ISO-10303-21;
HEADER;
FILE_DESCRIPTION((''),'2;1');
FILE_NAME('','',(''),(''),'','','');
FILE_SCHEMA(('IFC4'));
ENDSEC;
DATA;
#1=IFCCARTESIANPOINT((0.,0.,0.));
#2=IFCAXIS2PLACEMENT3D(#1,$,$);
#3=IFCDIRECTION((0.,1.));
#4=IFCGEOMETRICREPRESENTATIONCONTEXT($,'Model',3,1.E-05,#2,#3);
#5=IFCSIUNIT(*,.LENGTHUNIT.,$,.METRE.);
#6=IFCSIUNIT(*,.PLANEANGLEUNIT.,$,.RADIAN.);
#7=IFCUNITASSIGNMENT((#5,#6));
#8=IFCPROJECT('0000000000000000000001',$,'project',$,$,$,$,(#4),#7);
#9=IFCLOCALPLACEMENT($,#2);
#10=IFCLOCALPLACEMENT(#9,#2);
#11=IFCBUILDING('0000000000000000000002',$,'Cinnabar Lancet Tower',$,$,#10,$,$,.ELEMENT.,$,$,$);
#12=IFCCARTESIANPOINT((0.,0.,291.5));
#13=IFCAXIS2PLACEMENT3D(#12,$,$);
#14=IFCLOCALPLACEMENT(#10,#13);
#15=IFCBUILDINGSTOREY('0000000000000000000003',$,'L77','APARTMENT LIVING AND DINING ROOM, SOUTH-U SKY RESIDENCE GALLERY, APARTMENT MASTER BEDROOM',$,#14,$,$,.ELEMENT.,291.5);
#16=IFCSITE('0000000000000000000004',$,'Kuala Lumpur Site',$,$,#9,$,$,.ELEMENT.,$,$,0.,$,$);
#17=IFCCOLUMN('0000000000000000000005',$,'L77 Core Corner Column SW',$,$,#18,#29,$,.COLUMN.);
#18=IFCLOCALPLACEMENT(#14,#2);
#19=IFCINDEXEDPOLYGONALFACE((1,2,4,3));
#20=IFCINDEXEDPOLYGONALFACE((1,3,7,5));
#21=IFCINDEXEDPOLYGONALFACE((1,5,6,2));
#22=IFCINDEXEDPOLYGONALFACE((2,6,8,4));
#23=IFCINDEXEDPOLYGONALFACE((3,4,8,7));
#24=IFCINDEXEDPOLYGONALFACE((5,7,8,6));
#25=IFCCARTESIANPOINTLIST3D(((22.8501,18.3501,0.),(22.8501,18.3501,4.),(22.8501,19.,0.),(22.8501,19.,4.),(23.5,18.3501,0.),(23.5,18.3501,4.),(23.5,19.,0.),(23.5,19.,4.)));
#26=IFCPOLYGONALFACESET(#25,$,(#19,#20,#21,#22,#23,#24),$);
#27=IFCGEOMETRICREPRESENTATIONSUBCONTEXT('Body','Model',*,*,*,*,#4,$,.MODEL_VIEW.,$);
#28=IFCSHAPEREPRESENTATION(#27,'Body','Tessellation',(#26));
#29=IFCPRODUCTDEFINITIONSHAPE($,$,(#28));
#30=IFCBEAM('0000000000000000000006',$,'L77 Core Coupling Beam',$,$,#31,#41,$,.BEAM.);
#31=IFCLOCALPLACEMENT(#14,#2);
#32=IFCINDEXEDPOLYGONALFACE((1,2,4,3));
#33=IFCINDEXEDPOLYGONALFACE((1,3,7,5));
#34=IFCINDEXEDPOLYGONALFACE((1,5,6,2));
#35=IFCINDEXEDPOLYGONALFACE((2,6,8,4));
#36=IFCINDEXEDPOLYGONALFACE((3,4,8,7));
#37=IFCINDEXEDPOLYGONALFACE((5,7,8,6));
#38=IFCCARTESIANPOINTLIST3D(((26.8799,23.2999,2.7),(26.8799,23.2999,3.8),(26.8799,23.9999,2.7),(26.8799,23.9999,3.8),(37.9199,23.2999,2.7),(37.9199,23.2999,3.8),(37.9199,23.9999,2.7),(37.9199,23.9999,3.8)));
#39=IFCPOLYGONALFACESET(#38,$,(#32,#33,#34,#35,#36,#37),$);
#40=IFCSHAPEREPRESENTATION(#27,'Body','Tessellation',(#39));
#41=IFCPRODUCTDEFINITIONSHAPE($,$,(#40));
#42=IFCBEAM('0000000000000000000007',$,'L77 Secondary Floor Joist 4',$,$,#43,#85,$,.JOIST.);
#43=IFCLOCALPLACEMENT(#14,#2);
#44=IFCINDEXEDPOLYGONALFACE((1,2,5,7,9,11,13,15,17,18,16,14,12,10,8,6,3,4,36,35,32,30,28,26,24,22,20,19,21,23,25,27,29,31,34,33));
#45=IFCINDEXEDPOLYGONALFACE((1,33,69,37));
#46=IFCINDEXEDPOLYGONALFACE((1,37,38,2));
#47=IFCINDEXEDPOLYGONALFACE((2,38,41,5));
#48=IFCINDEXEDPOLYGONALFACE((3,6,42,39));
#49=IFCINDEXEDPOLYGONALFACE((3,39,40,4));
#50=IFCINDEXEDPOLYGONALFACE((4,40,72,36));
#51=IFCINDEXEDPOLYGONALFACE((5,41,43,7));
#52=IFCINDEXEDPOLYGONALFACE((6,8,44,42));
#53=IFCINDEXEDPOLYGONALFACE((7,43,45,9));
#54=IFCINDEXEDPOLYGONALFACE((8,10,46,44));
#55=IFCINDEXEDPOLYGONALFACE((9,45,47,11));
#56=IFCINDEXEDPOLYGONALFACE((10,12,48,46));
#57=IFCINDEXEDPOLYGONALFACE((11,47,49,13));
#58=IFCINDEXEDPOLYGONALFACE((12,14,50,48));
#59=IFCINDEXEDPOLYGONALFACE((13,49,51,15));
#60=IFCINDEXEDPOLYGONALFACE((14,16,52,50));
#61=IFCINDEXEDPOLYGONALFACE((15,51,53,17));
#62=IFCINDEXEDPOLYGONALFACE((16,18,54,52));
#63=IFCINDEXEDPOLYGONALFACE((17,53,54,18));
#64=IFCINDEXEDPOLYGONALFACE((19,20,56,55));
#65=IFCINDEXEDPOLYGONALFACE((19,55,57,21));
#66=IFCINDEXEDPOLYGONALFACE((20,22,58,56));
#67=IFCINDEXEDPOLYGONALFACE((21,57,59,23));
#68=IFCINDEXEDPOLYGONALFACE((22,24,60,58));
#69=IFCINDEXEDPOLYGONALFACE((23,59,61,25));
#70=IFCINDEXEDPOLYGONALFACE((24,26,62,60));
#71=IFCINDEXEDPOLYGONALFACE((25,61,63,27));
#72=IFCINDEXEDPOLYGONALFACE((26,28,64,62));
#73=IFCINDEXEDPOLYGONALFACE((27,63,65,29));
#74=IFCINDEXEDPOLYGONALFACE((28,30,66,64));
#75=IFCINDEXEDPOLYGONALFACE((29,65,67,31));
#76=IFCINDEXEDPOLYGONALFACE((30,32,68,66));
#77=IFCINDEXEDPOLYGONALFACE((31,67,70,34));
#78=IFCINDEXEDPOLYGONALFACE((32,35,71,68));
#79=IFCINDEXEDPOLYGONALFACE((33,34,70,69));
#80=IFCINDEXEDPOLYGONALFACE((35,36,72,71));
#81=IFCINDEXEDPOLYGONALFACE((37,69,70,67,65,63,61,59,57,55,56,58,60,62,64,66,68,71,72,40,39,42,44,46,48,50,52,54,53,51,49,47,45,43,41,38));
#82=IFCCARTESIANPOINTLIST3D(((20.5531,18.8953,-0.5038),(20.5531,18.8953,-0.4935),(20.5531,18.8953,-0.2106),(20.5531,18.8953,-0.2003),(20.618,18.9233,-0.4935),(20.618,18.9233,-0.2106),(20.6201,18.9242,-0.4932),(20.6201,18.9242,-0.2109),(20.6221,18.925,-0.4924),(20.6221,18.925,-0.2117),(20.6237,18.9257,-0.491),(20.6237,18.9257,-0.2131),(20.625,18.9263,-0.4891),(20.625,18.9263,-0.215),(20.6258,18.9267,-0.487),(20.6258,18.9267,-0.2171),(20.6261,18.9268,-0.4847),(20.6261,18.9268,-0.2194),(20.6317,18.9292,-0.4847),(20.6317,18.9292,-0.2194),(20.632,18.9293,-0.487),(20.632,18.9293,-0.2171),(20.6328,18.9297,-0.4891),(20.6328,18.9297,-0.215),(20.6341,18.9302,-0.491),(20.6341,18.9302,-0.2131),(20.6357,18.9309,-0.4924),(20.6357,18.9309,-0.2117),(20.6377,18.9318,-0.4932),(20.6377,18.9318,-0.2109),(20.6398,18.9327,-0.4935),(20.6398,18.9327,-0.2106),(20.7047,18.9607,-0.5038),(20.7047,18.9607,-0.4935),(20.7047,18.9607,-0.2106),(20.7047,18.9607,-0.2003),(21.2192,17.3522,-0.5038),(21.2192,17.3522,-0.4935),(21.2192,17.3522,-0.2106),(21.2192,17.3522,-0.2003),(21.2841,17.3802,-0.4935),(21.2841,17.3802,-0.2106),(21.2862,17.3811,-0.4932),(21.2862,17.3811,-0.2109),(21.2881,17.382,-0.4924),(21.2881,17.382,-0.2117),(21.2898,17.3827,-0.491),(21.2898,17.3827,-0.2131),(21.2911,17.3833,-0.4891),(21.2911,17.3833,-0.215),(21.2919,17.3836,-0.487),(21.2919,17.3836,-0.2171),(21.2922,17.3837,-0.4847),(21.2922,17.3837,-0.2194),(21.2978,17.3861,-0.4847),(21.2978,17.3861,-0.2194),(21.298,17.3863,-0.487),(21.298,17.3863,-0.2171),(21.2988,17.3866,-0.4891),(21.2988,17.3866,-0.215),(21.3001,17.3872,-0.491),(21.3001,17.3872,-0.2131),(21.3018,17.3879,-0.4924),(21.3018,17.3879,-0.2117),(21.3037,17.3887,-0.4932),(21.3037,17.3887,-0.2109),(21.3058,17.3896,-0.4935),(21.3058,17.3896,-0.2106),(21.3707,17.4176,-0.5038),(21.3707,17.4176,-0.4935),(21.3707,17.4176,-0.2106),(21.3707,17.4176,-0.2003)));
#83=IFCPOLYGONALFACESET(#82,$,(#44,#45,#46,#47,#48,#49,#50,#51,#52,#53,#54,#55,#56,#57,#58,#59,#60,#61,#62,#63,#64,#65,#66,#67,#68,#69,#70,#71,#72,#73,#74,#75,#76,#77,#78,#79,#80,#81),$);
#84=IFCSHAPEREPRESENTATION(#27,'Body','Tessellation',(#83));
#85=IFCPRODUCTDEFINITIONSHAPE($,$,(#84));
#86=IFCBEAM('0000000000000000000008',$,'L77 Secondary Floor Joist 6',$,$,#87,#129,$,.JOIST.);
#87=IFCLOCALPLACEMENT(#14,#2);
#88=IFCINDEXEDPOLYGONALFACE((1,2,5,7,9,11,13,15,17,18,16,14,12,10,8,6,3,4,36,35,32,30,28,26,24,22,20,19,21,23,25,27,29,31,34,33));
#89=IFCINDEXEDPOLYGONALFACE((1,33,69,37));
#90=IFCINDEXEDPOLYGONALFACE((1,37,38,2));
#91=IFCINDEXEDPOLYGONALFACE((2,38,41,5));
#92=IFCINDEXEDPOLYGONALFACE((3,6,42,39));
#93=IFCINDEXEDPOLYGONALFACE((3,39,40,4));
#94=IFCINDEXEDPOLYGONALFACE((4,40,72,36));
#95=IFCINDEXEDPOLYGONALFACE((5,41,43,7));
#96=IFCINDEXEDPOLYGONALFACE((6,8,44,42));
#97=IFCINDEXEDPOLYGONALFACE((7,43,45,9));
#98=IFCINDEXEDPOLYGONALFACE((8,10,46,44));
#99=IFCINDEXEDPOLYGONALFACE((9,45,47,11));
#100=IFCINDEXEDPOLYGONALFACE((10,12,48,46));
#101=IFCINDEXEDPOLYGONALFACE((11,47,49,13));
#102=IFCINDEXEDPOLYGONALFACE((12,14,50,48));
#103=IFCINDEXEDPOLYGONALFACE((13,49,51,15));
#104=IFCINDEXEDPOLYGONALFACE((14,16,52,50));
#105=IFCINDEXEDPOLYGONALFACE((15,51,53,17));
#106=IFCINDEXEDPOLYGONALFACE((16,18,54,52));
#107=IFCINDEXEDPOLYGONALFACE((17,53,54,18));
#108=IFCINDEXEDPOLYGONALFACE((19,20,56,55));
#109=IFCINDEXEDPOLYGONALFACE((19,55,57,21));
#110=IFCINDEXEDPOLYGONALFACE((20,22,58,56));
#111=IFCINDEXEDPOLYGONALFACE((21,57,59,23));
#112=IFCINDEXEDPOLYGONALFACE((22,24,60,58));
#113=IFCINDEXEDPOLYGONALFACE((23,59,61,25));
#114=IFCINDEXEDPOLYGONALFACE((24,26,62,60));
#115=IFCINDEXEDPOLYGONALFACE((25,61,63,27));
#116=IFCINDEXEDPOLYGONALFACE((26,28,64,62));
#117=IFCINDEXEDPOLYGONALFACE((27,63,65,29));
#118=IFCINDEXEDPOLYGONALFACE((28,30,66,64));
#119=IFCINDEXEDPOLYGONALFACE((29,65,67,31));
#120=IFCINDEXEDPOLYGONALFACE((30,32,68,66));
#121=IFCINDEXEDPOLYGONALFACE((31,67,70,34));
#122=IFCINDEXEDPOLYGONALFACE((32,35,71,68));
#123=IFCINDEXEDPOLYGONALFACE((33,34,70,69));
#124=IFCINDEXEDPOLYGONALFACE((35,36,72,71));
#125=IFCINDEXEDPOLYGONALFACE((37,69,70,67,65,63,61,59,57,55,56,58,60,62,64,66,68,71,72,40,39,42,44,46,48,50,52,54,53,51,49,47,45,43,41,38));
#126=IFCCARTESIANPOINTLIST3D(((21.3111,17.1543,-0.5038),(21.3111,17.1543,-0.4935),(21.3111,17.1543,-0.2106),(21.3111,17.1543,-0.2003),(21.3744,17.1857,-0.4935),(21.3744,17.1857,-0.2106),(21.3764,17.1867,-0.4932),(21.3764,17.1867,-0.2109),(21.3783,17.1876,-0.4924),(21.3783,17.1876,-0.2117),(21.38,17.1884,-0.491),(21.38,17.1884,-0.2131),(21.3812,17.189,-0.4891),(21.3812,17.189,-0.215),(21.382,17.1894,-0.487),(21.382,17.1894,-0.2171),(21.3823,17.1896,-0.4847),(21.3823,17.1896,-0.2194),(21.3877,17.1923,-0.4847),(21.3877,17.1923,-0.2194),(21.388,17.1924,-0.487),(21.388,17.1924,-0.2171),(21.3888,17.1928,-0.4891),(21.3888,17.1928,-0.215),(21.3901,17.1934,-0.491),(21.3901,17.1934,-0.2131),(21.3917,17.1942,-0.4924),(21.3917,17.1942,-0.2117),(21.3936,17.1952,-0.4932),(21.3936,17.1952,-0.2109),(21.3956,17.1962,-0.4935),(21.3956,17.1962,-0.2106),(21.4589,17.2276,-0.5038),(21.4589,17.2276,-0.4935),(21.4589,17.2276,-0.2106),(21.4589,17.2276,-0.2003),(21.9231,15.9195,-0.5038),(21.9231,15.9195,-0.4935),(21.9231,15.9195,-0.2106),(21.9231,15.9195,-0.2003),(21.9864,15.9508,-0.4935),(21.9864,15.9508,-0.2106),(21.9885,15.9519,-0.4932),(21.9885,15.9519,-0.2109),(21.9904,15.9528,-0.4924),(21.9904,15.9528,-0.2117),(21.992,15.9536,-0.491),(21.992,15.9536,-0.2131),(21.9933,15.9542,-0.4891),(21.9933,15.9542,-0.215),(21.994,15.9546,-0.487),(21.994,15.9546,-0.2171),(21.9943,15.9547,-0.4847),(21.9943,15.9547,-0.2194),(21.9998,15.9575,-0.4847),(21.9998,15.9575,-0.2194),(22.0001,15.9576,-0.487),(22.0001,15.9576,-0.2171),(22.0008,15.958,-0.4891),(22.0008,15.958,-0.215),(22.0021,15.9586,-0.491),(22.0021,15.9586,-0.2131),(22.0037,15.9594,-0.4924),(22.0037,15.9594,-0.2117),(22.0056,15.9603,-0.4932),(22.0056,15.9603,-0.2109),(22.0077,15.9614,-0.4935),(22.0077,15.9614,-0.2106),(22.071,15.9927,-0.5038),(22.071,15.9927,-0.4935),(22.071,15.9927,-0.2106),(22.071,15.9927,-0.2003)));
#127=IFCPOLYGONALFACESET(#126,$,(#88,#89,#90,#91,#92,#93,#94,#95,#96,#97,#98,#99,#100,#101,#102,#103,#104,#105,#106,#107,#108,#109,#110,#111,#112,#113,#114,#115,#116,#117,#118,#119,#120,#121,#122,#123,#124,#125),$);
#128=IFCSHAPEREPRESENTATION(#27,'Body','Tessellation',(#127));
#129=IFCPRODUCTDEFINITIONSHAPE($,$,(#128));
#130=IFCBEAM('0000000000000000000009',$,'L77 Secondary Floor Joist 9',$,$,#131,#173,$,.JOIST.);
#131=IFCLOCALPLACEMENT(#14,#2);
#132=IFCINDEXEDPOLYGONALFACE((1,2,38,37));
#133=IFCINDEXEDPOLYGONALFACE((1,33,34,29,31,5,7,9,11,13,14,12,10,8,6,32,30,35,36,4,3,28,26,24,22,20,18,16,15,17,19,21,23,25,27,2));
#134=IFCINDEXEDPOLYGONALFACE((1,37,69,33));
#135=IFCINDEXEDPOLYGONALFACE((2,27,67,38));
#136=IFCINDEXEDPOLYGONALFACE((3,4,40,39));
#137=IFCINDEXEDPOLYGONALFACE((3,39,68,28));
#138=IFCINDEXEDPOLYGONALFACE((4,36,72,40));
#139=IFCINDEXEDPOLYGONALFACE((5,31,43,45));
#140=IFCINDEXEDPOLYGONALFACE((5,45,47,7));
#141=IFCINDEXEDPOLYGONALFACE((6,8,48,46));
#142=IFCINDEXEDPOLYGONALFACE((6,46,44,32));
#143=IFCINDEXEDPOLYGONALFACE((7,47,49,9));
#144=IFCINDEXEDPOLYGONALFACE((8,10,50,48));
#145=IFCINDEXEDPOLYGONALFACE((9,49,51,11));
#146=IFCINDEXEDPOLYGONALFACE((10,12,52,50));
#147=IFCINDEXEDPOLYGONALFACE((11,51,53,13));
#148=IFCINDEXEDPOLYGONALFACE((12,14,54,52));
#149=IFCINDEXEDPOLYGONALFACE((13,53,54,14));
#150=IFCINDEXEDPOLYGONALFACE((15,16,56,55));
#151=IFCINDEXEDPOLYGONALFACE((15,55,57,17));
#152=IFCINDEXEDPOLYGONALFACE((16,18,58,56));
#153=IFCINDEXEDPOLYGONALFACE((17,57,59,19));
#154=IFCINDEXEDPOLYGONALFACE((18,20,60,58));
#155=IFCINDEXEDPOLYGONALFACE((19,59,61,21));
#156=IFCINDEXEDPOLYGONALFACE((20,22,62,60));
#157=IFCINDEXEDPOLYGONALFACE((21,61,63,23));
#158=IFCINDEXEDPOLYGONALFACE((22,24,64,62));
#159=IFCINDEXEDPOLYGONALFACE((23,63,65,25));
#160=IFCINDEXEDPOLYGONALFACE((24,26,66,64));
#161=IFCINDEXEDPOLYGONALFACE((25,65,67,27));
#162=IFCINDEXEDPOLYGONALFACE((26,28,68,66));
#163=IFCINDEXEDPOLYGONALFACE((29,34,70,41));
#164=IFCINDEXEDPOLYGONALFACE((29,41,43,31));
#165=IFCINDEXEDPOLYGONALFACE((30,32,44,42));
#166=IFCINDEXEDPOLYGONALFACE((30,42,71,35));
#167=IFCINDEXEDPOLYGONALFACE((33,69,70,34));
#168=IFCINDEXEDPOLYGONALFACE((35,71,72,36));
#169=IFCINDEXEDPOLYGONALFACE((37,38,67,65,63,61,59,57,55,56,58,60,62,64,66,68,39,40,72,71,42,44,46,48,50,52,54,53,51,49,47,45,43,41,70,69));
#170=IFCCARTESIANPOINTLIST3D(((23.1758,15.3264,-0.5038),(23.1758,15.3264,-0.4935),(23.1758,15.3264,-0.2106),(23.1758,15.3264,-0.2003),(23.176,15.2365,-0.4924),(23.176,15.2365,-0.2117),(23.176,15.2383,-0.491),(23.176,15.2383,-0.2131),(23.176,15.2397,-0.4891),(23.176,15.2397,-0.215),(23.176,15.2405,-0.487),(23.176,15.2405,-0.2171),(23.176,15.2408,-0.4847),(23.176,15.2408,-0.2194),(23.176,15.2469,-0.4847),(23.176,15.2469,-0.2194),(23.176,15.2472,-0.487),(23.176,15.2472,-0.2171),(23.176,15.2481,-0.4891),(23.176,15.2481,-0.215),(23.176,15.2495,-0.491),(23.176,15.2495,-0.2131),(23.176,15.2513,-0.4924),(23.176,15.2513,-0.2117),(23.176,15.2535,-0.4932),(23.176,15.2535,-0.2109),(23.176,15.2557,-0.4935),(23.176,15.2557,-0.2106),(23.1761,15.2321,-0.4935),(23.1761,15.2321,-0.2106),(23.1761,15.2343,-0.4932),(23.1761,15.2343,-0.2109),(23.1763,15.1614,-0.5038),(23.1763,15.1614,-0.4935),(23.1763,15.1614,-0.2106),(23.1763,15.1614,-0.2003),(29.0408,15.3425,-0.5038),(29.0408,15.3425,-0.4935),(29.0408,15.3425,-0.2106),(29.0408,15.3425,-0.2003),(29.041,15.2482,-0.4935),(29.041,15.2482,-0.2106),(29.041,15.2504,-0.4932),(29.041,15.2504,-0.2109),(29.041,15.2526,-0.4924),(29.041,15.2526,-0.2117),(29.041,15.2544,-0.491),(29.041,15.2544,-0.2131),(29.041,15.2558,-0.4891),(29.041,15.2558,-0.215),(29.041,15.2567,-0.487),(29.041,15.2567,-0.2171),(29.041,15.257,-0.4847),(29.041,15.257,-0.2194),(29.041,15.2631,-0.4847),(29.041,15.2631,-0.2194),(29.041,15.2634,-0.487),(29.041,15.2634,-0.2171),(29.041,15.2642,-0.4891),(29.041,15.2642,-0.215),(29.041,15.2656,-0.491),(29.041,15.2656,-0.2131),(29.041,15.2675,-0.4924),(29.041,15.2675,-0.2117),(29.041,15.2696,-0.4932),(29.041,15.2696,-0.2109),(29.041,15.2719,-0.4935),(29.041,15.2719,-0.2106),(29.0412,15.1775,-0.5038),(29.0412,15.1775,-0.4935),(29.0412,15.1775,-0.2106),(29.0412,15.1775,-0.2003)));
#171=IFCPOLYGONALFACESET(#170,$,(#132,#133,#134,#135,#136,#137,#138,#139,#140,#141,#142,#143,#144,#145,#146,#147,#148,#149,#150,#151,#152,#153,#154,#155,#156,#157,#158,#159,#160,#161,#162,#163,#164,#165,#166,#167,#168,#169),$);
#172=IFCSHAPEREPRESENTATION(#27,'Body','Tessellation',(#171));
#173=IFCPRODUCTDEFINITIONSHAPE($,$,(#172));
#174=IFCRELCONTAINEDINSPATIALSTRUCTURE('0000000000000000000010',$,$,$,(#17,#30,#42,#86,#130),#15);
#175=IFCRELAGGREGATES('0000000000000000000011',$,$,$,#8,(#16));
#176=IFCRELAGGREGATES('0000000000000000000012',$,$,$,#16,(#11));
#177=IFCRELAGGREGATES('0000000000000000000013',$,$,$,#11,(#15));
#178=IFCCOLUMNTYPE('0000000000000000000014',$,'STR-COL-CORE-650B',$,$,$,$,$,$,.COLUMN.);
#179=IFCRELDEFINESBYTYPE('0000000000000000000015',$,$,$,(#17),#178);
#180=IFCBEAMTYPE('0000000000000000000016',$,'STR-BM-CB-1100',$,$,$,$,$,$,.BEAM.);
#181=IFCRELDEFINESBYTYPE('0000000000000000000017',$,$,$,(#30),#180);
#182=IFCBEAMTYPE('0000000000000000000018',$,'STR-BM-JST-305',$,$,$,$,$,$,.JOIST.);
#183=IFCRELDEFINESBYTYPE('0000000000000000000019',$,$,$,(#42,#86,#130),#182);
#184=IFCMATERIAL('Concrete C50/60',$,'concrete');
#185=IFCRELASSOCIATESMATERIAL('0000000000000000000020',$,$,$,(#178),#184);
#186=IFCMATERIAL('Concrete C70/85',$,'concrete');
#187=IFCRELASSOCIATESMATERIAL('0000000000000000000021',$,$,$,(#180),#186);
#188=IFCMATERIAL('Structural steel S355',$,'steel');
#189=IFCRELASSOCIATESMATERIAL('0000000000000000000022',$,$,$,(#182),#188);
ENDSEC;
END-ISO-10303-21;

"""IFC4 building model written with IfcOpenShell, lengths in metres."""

from ifc_helpers import new_model, si_unit, direction, frame, origin, origin_2d, place, context, subcontext, project, spatial, rectangle, i_section, extrude, material, material_profile, profile_set, type_object, element, save


model = new_model("IFC4")

# Units and contexts
model_context = context("Model", 3, precision=1e-05, world=origin(), true_north=direction((0.0, 1.0)))
body_context = subcontext(model_context, "Body", "Model", "MODEL_VIEW")
ifc_project = project(units=[si_unit("LENGTHUNIT", "METRE"), si_unit("PLANEANGLEUNIT", "RADIAN")], contexts=[model_context])

# Site, building, storey
site_placement = place(None, origin())
site = spatial("IfcSite", under=ifc_project, at=site_placement, Name="Kuala Lumpur Site", CompositionType="ELEMENT", RefElevation=0.0)
building_placement = place(site_placement, origin())
building = spatial("IfcBuilding", under=site, at=building_placement, Name="Cinnabar Lancet Tower", CompositionType="ELEMENT")
storey_placement = place(building_placement, frame((0.0, 0.0, 291.5)))
storey = spatial("IfcBuildingStorey", under=building, at=storey_placement, Name="L77", Description="APARTMENT LIVING AND DINING ROOM, SOUTH-U SKY RESIDENCE GALLERY, APARTMENT MASTER BEDROOM", CompositionType="ELEMENT", Elevation=291.5)

# Column
ifc_material_1 = material(Name="Concrete C50/60", Category="concrete")
ifc_material_profile_1 = material_profile(ifc_material_1, rectangle(XDim=0.6499, YDim=0.6499, at=origin_2d()), Name="RC-COL 650x650")
ifc_profile_set_1 = profile_set([ifc_material_profile_1], Name="Concrete C50/60")
column_type = type_object("IfcColumnType", Name="STR-COL-CORE-650B", PredefinedType="COLUMN", material=ifc_profile_set_1)
column_placement = place(storey_placement, frame((23.175, 18.675, 0.0), z_axis=(0.0, 0.0, 1.0), x_axis=(1.0, 0.0, 0.0)))
element("IfcColumn", 1, at=column_placement, inside=storey, type_object=column_type, Name="L77 Core Corner Column SW", PredefinedType="COLUMN", context=body_context, shape_type="SweptSolid", body=[
    extrude(rectangle(XDim=0.6499, YDim=0.6499, at=origin_2d()), origin(), (0.0, 0.0, 1.0), 4.0),
])

# Beams
ifc_material_2 = material(Name="Concrete C70/85", Category="concrete")
ifc_material_profile_2 = material_profile(ifc_material_2, rectangle(XDim=0.7, YDim=1.1001, at=origin_2d()), Name="RC-CB 700x1100")
ifc_profile_set_2 = profile_set([ifc_material_profile_2], Name="Concrete C70/85")
beam_type_1 = type_object("IfcBeamType", Name="STR-BM-CB-1100", PredefinedType="BEAM", material=ifc_profile_set_2)
beam_1_placement = place(storey_placement, frame((26.8799, 23.6499, 3.25), z_axis=(1.0, 0.0, 0.0), x_axis=(0.0, 1.0, 0.0)))
element("IfcBeam", 2, at=beam_1_placement, inside=storey, type_object=beam_type_1, Name="L77 Core Coupling Beam", PredefinedType="BEAM", context=body_context, shape_type="SweptSolid", body=[
    extrude(rectangle(XDim=0.7, YDim=1.1001, at=origin_2d()), origin(), (0.0, 0.0, 1.0), 11.04),
])
ifc_material_3 = material(Name="Structural steel S355", Category="steel")
ifc_material_profile_3 = material_profile(ifc_material_3, i_section(OverallWidth=0.165, OverallDepth=0.3035, WebThickness=0.0061, FlangeThickness=0.0103, FilletRadius=0.0088, at=origin_2d()), Name="UKB 305x165x40")
ifc_profile_set_3 = profile_set([ifc_material_profile_3], Name="Structural steel S355")
beam_type_2 = type_object("IfcBeamType", Name="STR-BM-JST-305", PredefinedType="JOIST", material=ifc_profile_set_3)
beam_2_placement = place(storey_placement, frame((20.6289, 18.928, -0.3521), z_axis=(0.396302, -0.91812, 0.0), x_axis=(0.91812, 0.396302, 0.0)))
element("IfcBeam", 3, at=beam_2_placement, inside=storey, type_object=beam_type_2, Name="L77 Secondary Floor Joist 4", PredefinedType="JOIST", context=body_context, shape_type="SweptSolid", body=[
    extrude(i_section(OverallWidth=0.165, OverallDepth=0.3035, WebThickness=0.0061, FlangeThickness=0.0103, FilletRadius=0.0088, at=origin_2d()), origin(), (0.0, 0.0, 1.0), 1.6807),
])
beam_3_placement = place(storey_placement, frame((21.385, 17.1909, -0.3521), z_axis=(0.444093, -0.895981, 0.0), x_axis=(0.895981, 0.444093, 0.0)))
element("IfcBeam", 4, at=beam_3_placement, inside=storey, type_object=beam_type_2, Name="L77 Secondary Floor Joist 6", PredefinedType="JOIST", context=body_context, shape_type="SweptSolid", body=[
    extrude(i_section(OverallWidth=0.165, OverallDepth=0.3035, WebThickness=0.0061, FlangeThickness=0.0103, FilletRadius=0.0088, at=origin_2d()), origin(), (0.0, 0.0, 1.0), 1.3782),
])
beam_4_placement = place(storey_placement, frame((23.176, 15.2439, -0.3521), z_axis=(0.999996, 0.002747, 0.0), x_axis=(-0.002747, 0.999996, 0.0)))
element("IfcBeam", 5, at=beam_4_placement, inside=storey, type_object=beam_type_2, Name="L77 Secondary Floor Joist 9", PredefinedType="JOIST", context=body_context, shape_type="SweptSolid", body=[
    extrude(i_section(OverallWidth=0.165, OverallDepth=0.3035, WebThickness=0.0061, FlangeThickness=0.0103, FilletRadius=0.0088, at=origin_2d()), origin(), (0.0, 0.0, 1.0), 5.865),
])

save(model, "model.ifc")
